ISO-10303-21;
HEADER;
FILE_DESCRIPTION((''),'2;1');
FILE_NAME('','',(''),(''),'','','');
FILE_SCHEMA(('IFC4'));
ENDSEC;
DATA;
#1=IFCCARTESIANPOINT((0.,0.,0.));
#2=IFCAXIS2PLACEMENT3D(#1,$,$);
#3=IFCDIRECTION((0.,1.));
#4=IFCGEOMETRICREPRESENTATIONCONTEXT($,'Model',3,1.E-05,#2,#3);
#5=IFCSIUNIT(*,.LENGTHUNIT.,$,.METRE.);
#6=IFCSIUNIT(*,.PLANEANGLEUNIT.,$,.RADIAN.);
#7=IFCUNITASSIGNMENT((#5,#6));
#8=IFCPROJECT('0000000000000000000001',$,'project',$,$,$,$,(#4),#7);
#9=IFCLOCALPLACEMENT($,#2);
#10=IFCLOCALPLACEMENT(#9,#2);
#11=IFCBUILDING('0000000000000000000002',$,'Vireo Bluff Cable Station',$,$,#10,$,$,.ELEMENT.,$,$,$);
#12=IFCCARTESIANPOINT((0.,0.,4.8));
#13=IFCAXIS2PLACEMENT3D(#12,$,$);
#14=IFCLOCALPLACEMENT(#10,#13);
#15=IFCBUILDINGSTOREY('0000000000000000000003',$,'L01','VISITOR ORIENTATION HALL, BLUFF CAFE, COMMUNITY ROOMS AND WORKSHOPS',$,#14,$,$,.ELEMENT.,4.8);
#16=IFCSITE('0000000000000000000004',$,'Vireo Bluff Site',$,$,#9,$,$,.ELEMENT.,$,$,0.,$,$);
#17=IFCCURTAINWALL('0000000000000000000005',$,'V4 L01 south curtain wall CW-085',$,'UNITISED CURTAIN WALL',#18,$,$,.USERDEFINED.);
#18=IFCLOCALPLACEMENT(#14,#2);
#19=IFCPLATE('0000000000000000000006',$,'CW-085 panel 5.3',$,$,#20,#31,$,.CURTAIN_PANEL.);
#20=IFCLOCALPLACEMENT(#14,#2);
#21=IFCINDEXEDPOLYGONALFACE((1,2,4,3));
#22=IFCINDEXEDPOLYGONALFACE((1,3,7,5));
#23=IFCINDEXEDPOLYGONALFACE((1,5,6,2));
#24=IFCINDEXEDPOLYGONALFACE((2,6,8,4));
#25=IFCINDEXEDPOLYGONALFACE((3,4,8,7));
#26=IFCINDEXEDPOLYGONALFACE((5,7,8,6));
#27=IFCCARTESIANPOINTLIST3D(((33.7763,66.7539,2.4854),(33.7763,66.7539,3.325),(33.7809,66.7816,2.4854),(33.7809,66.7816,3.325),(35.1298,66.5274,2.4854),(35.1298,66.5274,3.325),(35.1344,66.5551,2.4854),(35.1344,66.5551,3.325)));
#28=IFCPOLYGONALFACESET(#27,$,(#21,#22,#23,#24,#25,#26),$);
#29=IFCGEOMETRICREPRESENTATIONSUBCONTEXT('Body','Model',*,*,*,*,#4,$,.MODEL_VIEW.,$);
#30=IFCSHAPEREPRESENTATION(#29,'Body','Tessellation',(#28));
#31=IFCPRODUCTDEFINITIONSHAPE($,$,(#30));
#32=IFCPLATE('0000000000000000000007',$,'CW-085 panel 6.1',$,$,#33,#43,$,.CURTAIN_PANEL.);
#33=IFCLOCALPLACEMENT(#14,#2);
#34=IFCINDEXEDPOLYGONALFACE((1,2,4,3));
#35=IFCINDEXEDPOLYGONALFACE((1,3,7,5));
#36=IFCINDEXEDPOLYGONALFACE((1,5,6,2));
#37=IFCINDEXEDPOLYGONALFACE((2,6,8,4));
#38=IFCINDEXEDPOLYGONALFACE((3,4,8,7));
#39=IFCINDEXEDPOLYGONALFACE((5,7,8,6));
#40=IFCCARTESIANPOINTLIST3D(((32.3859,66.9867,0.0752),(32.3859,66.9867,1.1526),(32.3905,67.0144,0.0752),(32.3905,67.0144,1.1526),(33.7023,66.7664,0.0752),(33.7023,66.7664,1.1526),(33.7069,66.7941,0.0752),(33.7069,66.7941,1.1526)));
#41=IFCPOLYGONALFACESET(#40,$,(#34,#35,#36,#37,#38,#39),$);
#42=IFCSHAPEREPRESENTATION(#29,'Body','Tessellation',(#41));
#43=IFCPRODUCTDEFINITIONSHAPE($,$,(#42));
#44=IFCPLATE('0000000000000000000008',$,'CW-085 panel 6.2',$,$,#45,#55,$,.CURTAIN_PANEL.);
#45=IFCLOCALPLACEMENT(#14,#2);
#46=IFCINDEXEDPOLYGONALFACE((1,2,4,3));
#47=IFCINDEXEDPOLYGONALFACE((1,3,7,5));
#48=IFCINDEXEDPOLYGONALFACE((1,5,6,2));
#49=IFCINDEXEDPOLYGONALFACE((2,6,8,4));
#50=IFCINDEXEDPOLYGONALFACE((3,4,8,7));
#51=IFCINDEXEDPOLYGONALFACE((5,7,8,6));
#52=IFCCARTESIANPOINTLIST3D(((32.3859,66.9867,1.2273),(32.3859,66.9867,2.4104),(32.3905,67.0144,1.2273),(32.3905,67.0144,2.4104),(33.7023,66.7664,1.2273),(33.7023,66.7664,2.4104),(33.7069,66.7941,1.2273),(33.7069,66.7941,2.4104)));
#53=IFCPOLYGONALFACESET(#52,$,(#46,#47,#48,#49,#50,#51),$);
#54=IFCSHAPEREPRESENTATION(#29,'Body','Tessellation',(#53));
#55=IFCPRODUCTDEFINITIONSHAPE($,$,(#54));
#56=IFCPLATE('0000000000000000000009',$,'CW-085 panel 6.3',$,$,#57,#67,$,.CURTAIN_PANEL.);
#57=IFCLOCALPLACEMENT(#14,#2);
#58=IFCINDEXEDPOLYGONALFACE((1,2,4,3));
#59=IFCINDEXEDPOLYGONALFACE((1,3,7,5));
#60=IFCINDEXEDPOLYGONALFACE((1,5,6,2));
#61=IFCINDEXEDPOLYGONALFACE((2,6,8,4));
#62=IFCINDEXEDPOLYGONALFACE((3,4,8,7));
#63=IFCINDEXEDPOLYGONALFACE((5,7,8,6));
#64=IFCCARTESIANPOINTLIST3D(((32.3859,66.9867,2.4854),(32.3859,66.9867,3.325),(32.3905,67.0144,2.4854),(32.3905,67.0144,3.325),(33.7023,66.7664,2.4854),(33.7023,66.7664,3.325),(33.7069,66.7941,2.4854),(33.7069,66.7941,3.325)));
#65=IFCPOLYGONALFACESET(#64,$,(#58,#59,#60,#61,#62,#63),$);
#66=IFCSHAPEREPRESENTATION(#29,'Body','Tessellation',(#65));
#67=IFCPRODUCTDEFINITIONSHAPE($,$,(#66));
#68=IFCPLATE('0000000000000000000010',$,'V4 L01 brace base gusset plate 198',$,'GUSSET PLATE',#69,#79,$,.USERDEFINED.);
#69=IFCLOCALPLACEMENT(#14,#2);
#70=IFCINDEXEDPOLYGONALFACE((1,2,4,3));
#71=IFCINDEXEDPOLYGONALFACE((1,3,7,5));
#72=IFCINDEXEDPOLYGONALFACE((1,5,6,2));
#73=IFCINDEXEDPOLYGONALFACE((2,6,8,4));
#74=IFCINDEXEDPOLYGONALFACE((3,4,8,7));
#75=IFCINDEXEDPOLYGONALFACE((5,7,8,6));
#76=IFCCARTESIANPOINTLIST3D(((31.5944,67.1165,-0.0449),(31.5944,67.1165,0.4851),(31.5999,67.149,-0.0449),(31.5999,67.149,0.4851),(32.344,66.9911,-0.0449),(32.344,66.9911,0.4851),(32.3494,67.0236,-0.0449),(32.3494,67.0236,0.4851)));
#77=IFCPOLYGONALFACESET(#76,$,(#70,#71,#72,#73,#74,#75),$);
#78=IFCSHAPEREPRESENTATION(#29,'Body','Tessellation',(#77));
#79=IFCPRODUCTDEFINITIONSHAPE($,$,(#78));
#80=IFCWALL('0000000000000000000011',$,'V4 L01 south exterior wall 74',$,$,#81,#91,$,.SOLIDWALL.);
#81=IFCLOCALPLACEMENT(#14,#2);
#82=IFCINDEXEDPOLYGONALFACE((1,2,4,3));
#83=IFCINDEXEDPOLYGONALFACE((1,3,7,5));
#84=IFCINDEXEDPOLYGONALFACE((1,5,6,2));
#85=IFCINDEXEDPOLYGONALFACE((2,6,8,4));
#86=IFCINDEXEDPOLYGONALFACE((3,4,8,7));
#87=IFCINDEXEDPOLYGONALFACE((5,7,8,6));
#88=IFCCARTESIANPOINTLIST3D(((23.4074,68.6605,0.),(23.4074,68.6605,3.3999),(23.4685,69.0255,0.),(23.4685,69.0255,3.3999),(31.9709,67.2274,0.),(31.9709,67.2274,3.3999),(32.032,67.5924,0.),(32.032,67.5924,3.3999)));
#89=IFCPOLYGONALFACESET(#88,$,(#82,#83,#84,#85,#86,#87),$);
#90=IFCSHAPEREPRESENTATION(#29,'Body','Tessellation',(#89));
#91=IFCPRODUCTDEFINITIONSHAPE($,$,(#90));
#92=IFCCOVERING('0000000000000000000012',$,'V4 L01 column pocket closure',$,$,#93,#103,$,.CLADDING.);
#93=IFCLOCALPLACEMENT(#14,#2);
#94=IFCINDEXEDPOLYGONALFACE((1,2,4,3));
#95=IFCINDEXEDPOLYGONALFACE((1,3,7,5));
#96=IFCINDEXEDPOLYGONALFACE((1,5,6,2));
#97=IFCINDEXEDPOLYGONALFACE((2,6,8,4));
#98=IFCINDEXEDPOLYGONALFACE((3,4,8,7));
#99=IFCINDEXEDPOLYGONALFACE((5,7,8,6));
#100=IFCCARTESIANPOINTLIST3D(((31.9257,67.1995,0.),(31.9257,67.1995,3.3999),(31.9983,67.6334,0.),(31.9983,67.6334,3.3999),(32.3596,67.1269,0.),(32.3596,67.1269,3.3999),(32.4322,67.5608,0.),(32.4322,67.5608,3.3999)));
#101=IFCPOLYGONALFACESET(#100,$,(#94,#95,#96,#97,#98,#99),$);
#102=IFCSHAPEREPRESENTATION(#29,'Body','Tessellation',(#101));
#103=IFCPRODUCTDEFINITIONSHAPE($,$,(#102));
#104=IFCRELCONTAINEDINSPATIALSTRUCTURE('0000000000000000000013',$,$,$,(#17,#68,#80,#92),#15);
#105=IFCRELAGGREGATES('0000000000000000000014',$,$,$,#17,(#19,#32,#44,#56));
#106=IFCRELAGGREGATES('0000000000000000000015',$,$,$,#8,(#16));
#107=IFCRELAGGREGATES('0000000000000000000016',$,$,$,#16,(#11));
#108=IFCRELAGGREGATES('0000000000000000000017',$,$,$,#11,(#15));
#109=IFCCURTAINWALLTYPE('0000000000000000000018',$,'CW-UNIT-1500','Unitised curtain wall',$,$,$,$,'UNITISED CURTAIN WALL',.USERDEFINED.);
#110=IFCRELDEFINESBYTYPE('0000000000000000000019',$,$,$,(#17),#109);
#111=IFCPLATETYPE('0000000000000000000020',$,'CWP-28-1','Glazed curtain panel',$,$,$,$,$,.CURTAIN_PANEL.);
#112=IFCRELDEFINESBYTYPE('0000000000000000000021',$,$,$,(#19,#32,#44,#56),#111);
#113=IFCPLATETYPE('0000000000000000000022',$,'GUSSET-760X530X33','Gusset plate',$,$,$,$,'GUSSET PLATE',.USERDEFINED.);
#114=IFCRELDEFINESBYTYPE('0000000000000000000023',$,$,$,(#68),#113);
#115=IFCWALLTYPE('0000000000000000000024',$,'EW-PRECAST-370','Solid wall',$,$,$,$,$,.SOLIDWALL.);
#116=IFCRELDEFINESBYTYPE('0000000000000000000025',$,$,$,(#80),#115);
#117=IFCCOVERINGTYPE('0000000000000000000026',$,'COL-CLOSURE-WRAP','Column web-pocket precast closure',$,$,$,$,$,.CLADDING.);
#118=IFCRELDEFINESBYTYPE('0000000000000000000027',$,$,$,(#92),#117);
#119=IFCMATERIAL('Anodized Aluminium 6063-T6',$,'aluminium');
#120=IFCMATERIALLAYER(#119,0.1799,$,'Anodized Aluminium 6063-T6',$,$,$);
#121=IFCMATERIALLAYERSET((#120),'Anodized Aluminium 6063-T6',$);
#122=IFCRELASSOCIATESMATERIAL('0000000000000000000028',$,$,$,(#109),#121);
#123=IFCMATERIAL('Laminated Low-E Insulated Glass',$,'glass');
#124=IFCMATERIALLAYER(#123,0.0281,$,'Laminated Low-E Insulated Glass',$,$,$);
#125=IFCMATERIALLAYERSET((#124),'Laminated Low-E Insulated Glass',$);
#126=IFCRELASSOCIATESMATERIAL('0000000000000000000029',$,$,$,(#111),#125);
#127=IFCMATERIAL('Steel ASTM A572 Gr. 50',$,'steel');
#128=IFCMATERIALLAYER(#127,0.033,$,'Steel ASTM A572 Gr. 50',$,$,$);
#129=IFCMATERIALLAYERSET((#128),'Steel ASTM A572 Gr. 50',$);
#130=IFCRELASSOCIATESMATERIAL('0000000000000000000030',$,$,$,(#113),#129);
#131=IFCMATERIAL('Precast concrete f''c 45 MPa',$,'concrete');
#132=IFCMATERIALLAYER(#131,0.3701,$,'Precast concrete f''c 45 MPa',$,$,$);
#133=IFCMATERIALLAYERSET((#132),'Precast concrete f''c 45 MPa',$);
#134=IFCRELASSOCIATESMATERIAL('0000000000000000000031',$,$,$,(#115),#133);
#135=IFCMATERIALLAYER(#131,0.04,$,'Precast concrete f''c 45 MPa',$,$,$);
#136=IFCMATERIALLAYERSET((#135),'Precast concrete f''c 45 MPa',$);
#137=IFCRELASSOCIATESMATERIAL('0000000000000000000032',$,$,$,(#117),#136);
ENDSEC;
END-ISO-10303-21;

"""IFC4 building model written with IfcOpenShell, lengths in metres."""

from ifc_helpers import new_model, si_unit, direction, frame, frame_2d, origin, origin_2d, place, context, subcontext, project, spatial, rectangle, extrude, material, layer, layer_set, type_object, element, aggregate, save


model = new_model("IFC4")

# Units and contexts
model_context = context("Model", 3, precision=1e-05, world=origin(), true_north=direction((0.0, 1.0)))
body_context = subcontext(model_context, "Body", "Model", "MODEL_VIEW")
ifc_project = project(units=[si_unit("LENGTHUNIT", "METRE"), si_unit("PLANEANGLEUNIT", "RADIAN")], contexts=[model_context])

# Site, building, storey
site_placement = place(None, origin())
site = spatial("IfcSite", under=ifc_project, at=site_placement, Name="Vireo Bluff Site", CompositionType="ELEMENT", RefElevation=0.0)
building_placement = place(site_placement, origin())
building = spatial("IfcBuilding", under=site, at=building_placement, Name="Vireo Bluff Cable Station", CompositionType="ELEMENT")
storey_placement = place(building_placement, frame((0.0, 0.0, 4.8)))
storey = spatial("IfcBuildingStorey", under=building, at=storey_placement, Name="L01", Description="VISITOR ORIENTATION HALL, BLUFF CAFE, COMMUNITY ROOMS AND WORKSHOPS", CompositionType="ELEMENT", Elevation=4.8)

# Curtain wall
ifc_material_1 = material(Name="Anodized Aluminium 6063-T6", Category="aluminium")
ifc_layer_1 = layer(ifc_material_1, 0.1799, Name="Anodized Aluminium 6063-T6")
ifc_layer_set_1 = layer_set([ifc_layer_1], Name="Anodized Aluminium 6063-T6")
curtain_wall_type = type_object("IfcCurtainWallType", Name="CW-UNIT-1500", Description="Unitised curtain wall", ElementType="UNITISED CURTAIN WALL", PredefinedType="USERDEFINED", material=ifc_layer_set_1)
curtain_wall_placement = place(storey_placement, origin())
curtain_wall = element("IfcCurtainWall", 1, at=curtain_wall_placement, inside=storey, type_object=curtain_wall_type, Name="V4 L01 south curtain wall CW-085", ObjectType="UNITISED CURTAIN WALL", PredefinedType="USERDEFINED")

# Plates
ifc_material_2 = material(Name="Laminated Low-E Insulated Glass", Category="glass")
ifc_layer_2 = layer(ifc_material_2, 0.0281, Name="Laminated Low-E Insulated Glass")
ifc_layer_set_2 = layer_set([ifc_layer_2], Name="Laminated Low-E Insulated Glass")
plate_type_1 = type_object("IfcPlateType", Name="CWP-28-1", Description="Glazed curtain panel", PredefinedType="CURTAIN_PANEL", material=ifc_layer_set_2)
plate_1_placement = place(storey_placement, frame((34.4553, 66.6545, 2.4854), z_axis=(0.0, 0.0, 1.0), x_axis=(-0.986286, 0.165048, 0.0)))
plate_1 = element("IfcPlate", 2, at=plate_1_placement, type_object=plate_type_1, Name="CW-085 panel 5.3", PredefinedType="CURTAIN_PANEL", context=body_context, shape_type="SweptSolid", body=[
    extrude(rectangle(XDim=1.3723, YDim=0.0281, at=origin_2d()), origin(), (0.0, 0.0, 1.0), 0.8396),
])
plate_2_placement = place(storey_placement, frame((33.0464, 66.8904, 0.0752), z_axis=(0.0, 0.0, 1.0), x_axis=(-0.986286, 0.165048, 0.0)))
plate_2 = element("IfcPlate", 3, at=plate_2_placement, type_object=plate_type_1, Name="CW-085 panel 6.1", PredefinedType="CURTAIN_PANEL", context=body_context, shape_type="SweptSolid", body=[
    extrude(rectangle(XDim=1.3347, YDim=0.0281, at=origin_2d()), origin(), (0.0, 0.0, 1.0), 1.0774),
])
plate_3_placement = place(storey_placement, frame((33.0464, 66.8904, 1.2273), z_axis=(0.0, 0.0, 1.0), x_axis=(-0.986286, 0.165048, 0.0)))
plate_3 = element("IfcPlate", 4, at=plate_3_placement, type_object=plate_type_1, Name="CW-085 panel 6.2", PredefinedType="CURTAIN_PANEL", context=body_context, shape_type="SweptSolid", body=[
    extrude(rectangle(XDim=1.3347, YDim=0.0281, at=origin_2d()), origin(), (0.0, 0.0, 1.0), 1.1831),
])
plate_4_placement = place(storey_placement, frame((33.0464, 66.8904, 2.4854), z_axis=(0.0, 0.0, 1.0), x_axis=(-0.986286, 0.165048, 0.0)))
plate_4 = element("IfcPlate", 5, at=plate_4_placement, type_object=plate_type_1, Name="CW-085 panel 6.3", PredefinedType="CURTAIN_PANEL", context=body_context, shape_type="SweptSolid", body=[
    extrude(rectangle(XDim=1.3347, YDim=0.0281, at=origin_2d()), origin(), (0.0, 0.0, 1.0), 0.8396),
])
aggregate(curtain_wall, [plate_1, plate_2, plate_3, plate_4])
ifc_material_3 = material(Name="Steel ASTM A572 Gr. 50", Category="steel")
ifc_layer_3 = layer(ifc_material_3, 0.033, Name="Steel ASTM A572 Gr. 50")
ifc_layer_set_3 = layer_set([ifc_layer_3], Name="Steel ASTM A572 Gr. 50")
plate_type_2 = type_object("IfcPlateType", Name="GUSSET-760X530X33", Description="Gusset plate", ElementType="GUSSET PLATE", PredefinedType="USERDEFINED", material=ifc_layer_set_3)
plate_5_placement = place(storey_placement, frame((31.9719, 67.0701, -0.0449), z_axis=(0.0, 0.0, 1.0), x_axis=(0.986286, -0.165048, 0.0)))
element("IfcPlate", 6, at=plate_5_placement, inside=storey, type_object=plate_type_2, Name="V4 L01 brace base gusset plate 198", ObjectType="GUSSET PLATE", PredefinedType="USERDEFINED", context=body_context, shape_type="SweptSolid", body=[
    extrude(rectangle(XDim=0.76, YDim=0.033, at=origin_2d()), origin(), (0.0, 0.0, 1.0), 0.53),
])

# Wall
ifc_material_4 = material(Name="Precast concrete f'c 45 MPa", Category="concrete")
ifc_layer_4 = layer(ifc_material_4, 0.3701, Name="Precast concrete f'c 45 MPa")
ifc_layer_set_4 = layer_set([ifc_layer_4], Name="Precast concrete f'c 45 MPa")
wall_type = type_object("IfcWallType", Name="EW-PRECAST-370", Description="Solid wall", PredefinedType="SOLIDWALL", material=ifc_layer_set_4)
wall_placement = place(storey_placement, frame((32.0015, 67.4099, 0.0), z_axis=(0.0, 0.0, 1.0), x_axis=(-0.986284, 0.165056, 0.0)))
element("IfcWall", 7, at=wall_placement, inside=storey, type_object=wall_type, Name="V4 L01 south exterior wall 74", PredefinedType="SOLIDWALL", context=body_context, shape_type="SweptSolid", body=[
    extrude(rectangle(XDim=8.6826, YDim=0.3701, at=frame_2d((4.3413, 0.0))), origin(), (0.0, 0.0, 1.0), 3.3999),
])

# Covering
ifc_layer_5 = layer(ifc_material_4, 0.04, Name="Precast concrete f'c 45 MPa")
ifc_layer_set_5 = layer_set([ifc_layer_5], Name="Precast concrete f'c 45 MPa")
covering_type = type_object("IfcCoveringType", Name="COL-CLOSURE-WRAP", Description="Column web-pocket precast closure", PredefinedType="CLADDING", material=ifc_layer_set_5)
covering_placement = place(storey_placement, frame((32.179, 67.3801, 0.0), z_axis=(0.0, 0.0, 1.0), x_axis=(0.986286, -0.165048, 0.0)))
element("IfcCovering", 8, at=covering_placement, inside=storey, type_object=covering_type, Name="V4 L01 column pocket closure", PredefinedType="CLADDING", context=body_context, shape_type="SweptSolid", body=[
    extrude(rectangle(XDim=0.4399, YDim=0.4399, at=origin_2d()), origin(), (0.0, 0.0, 1.0), 3.3999),
])

save(model, "model.ifc")
